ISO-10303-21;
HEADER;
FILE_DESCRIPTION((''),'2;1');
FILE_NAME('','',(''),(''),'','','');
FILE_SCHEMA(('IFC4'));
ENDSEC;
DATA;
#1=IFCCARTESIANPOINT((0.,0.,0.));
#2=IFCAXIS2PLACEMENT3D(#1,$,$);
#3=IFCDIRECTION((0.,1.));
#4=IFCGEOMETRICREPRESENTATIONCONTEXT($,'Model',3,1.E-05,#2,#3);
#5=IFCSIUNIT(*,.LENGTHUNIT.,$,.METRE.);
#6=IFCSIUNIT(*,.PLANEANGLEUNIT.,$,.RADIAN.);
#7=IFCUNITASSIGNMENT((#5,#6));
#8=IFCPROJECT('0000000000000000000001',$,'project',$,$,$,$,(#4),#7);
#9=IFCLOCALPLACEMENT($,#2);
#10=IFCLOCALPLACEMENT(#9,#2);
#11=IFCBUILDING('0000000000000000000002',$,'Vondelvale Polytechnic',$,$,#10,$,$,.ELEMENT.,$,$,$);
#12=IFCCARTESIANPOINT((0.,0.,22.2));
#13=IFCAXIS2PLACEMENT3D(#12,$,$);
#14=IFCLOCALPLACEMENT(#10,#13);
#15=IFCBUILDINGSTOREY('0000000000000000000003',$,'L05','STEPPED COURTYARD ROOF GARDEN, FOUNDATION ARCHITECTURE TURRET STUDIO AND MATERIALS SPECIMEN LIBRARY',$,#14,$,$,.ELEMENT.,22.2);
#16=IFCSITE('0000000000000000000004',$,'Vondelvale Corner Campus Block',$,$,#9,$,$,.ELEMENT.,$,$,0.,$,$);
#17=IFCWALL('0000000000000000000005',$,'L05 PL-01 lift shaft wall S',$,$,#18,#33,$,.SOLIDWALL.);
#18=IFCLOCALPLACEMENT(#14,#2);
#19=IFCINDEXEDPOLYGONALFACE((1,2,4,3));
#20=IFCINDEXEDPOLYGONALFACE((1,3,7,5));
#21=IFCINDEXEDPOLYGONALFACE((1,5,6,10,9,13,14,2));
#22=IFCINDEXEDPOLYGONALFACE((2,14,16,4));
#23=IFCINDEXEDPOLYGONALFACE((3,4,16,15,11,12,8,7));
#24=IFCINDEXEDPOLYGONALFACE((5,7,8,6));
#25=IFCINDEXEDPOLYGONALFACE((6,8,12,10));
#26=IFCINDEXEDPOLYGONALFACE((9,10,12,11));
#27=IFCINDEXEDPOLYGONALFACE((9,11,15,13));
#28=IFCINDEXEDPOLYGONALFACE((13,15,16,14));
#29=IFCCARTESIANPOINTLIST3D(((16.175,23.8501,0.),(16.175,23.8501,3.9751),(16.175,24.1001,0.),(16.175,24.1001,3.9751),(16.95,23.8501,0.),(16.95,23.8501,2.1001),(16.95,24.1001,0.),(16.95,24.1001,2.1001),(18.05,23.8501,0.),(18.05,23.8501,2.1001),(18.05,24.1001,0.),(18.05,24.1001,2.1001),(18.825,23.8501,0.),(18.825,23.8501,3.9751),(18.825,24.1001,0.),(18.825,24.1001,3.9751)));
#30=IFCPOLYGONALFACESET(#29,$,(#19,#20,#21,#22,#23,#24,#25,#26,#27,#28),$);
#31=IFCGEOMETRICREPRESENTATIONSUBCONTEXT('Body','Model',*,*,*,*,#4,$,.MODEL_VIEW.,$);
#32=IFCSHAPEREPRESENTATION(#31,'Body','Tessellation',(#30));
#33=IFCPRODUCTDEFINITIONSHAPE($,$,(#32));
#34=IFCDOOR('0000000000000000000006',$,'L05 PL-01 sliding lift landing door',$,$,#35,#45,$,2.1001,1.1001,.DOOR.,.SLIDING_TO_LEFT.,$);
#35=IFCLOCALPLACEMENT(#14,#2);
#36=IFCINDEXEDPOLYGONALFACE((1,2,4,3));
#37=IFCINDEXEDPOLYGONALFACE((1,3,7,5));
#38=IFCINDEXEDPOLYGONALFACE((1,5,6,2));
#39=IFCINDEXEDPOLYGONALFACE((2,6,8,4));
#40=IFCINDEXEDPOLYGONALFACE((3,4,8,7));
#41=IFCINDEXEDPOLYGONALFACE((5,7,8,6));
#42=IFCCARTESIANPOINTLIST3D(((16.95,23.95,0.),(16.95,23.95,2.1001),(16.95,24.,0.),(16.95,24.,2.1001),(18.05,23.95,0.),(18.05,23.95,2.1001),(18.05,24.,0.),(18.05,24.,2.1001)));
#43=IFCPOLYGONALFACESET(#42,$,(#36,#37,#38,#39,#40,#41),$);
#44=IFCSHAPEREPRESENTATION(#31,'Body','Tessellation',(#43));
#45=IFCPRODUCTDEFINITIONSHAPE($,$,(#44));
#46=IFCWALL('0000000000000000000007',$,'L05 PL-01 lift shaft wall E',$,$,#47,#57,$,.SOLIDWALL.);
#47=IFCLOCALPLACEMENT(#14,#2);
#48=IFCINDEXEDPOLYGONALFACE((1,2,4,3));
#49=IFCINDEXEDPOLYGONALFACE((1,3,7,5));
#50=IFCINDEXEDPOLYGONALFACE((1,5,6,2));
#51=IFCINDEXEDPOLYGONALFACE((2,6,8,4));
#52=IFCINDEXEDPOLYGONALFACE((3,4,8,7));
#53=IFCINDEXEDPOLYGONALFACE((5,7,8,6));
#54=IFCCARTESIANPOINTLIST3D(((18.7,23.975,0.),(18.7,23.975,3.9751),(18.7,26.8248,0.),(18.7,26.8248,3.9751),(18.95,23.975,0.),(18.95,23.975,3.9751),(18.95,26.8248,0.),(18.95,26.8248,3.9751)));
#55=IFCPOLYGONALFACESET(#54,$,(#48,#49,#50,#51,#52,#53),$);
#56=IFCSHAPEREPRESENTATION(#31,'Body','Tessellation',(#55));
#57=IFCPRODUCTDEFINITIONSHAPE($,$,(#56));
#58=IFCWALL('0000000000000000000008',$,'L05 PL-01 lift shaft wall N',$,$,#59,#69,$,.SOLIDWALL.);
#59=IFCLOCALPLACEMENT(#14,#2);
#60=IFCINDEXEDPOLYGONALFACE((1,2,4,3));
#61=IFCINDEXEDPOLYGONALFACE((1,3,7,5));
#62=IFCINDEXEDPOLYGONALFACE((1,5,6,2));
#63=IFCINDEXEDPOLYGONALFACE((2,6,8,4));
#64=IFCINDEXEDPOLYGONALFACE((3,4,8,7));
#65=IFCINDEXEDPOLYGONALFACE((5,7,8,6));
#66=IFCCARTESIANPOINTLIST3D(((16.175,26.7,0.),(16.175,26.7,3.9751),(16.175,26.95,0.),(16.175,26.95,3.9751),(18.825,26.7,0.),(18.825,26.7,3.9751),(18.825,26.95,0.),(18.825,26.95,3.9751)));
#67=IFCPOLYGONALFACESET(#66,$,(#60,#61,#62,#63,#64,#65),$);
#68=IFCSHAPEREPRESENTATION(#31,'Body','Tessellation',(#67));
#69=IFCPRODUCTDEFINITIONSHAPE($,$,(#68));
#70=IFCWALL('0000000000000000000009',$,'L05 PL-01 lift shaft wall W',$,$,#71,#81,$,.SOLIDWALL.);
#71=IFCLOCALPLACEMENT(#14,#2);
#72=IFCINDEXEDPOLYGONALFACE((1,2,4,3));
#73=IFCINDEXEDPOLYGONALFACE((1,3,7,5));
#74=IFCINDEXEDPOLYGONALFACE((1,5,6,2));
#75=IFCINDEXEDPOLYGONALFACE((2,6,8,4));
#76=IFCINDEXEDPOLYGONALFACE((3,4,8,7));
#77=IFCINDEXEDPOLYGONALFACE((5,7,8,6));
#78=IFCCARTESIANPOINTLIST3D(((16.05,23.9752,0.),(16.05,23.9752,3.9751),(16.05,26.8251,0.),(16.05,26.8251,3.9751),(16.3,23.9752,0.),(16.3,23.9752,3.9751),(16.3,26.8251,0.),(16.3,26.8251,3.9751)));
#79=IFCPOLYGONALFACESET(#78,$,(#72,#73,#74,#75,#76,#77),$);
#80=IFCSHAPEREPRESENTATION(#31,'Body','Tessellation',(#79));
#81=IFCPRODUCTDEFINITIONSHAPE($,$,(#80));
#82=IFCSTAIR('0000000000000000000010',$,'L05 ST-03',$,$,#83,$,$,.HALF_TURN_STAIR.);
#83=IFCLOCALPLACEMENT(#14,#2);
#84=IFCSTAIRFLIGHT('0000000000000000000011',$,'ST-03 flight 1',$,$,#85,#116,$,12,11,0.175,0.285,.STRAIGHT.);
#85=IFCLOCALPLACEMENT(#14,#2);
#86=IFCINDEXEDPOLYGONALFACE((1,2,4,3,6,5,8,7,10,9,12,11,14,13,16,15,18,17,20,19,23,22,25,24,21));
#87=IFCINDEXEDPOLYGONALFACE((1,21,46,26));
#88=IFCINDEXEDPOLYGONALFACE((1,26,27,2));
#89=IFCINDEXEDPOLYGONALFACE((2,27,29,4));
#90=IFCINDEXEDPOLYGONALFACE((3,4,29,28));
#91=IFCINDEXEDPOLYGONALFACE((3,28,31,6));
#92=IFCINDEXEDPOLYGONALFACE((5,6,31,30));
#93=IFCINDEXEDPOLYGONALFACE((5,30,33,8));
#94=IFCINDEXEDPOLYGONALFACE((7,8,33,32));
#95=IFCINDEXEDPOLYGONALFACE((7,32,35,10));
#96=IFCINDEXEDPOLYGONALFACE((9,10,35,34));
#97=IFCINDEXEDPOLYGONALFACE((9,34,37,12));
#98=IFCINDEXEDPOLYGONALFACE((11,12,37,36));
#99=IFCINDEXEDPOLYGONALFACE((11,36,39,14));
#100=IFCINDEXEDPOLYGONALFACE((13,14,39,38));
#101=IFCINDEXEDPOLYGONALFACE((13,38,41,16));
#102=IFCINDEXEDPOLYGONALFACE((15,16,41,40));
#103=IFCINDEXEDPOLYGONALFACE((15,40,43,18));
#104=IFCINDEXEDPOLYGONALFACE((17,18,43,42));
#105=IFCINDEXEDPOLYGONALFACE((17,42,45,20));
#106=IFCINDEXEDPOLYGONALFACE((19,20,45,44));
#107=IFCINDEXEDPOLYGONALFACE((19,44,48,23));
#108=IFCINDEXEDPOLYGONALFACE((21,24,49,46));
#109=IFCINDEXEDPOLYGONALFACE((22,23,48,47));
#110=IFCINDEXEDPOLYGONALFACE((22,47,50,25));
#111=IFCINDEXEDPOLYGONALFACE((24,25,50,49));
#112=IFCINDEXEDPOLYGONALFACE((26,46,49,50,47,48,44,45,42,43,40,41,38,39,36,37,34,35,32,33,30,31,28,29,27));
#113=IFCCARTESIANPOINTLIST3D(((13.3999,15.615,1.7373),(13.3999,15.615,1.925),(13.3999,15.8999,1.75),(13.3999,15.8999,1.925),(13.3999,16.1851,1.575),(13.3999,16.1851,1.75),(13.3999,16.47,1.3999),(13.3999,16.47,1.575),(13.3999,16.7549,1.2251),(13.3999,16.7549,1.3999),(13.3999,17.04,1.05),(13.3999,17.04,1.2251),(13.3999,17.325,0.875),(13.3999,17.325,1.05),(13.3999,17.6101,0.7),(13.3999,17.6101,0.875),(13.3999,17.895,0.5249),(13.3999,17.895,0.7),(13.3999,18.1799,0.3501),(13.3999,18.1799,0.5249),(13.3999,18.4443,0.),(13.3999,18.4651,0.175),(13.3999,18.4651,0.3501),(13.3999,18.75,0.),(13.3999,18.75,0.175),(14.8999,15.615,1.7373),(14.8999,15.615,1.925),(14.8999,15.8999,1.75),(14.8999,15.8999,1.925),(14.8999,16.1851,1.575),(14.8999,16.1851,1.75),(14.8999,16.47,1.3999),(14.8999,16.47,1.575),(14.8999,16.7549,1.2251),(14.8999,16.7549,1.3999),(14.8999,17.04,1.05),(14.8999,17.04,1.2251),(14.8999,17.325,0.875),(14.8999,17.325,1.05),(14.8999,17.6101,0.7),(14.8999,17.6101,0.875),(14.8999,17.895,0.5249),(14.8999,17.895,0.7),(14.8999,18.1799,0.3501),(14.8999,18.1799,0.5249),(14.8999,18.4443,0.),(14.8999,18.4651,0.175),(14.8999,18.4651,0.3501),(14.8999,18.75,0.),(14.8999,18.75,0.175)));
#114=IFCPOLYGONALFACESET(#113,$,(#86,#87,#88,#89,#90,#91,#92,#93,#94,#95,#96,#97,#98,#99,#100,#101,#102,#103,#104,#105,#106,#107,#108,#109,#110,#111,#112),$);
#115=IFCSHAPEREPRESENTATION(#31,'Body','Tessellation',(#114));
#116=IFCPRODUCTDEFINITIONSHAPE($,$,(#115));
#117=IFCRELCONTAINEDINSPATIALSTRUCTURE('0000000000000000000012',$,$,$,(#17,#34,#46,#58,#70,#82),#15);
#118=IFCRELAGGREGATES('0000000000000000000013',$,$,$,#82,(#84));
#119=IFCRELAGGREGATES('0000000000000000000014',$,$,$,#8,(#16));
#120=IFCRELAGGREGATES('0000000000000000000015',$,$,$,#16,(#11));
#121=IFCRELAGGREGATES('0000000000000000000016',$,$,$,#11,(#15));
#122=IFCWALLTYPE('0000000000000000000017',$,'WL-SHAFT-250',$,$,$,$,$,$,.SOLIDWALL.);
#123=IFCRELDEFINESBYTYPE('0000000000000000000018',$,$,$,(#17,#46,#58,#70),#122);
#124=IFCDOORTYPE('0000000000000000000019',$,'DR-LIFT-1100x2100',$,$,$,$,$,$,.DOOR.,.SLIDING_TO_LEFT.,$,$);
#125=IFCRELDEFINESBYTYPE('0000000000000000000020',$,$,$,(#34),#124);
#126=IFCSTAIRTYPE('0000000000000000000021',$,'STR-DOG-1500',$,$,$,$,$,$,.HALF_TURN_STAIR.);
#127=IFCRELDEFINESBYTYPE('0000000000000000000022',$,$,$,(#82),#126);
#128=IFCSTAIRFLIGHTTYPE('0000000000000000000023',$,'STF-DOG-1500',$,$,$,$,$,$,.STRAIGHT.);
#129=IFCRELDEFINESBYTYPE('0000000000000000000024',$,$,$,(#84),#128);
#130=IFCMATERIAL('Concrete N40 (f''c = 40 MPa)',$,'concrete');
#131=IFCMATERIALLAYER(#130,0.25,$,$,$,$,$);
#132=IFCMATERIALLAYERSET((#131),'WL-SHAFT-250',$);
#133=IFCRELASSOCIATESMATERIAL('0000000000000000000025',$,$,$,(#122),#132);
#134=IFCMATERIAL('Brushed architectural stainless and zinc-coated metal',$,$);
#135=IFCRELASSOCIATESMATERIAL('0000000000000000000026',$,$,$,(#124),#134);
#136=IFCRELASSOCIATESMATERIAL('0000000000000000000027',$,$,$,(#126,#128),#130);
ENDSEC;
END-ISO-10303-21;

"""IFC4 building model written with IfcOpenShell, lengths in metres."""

from ifc_helpers import new_model, si_unit, direction, frame, frame_2d, origin, place, context, subcontext, project, spatial, polyline, rectangle, outline, extrude, material, layer, layer_set, type_object, element, fill, aggregate, save


model = new_model("IFC4")

# Units and contexts
model_context = context("Model", 3, precision=1e-05, world=origin(), true_north=direction((0.0, 1.0)))
body_context = subcontext(model_context, "Body", "Model", "MODEL_VIEW")
ifc_project = project(units=[si_unit("LENGTHUNIT", "METRE"), si_unit("PLANEANGLEUNIT", "RADIAN")], contexts=[model_context])

# Site, building, storey
site_placement = place(None, origin())
site = spatial("IfcSite", under=ifc_project, at=site_placement, Name="Vondelvale Corner Campus Block", CompositionType="ELEMENT", RefElevation=0.0)
building_placement = place(site_placement, origin())
building = spatial("IfcBuilding", under=site, at=building_placement, Name="Vondelvale Polytechnic", CompositionType="ELEMENT")
storey_placement = place(building_placement, frame((0.0, 0.0, 22.2)))
storey = spatial("IfcBuildingStorey", under=building, at=storey_placement, Name="L05", Description="STEPPED COURTYARD ROOF GARDEN, FOUNDATION ARCHITECTURE TURRET STUDIO AND MATERIALS SPECIMEN LIBRARY", CompositionType="ELEMENT", Elevation=22.2)

# Shared definitions
ifc_material_1 = material(Name="Concrete N40 (f'c = 40 MPa)", Category="concrete")

# Shared definitions
ifc_material_2 = material(Name="Brushed architectural stainless and zinc-coated metal")

# Wall, opening, door
ifc_layer_1 = layer(ifc_material_1, 0.25)
ifc_layer_set_1 = layer_set([ifc_layer_1], Name="WL-SHAFT-250")
wall_type_1 = type_object("IfcWallType", Name="WL-SHAFT-250", PredefinedType="SOLIDWALL", material=ifc_layer_set_1)
wall_1_placement = place(storey_placement, frame((16.175, 23.9751, 0.0), z_axis=(0.0, 0.0, 1.0), x_axis=(1.0, 0.0, 0.0)))
wall_1 = element("IfcWall", 1, at=wall_1_placement, inside=storey, type_object=wall_type_1, Name="L05 PL-01 lift shaft wall S", PredefinedType="SOLIDWALL", context=body_context, shape_type="SweptSolid", body=[
    extrude(rectangle(XDim=2.6499, YDim=0.25, at=frame_2d((1.325, 0.0))), origin(), (0.0, 0.0, 1.0), 3.9751),
])
opening_1_placement = place(wall_1_placement, frame((0.7749, 0.0, 0.0)))
opening_1 = element("IfcOpeningElement", 2, at=opening_1_placement, cuts=wall_1, PredefinedType="OPENING", context=body_context, shape_type="SweptSolid", body=[
    extrude(rectangle(XDim=1.1001, YDim=2.1001, at=frame_2d((0.55, 1.05))), frame((0.0, 0.135, 0.0), z_axis=(0.0, -1.0, 0.0), x_axis=(1.0, 0.0, 0.0)), (0.0, 0.0, 1.0), 0.27),
])
door_type_1 = type_object("IfcDoorType", Name="DR-LIFT-1100x2100", OperationType="SLIDING_TO_LEFT", PredefinedType="DOOR", material=ifc_material_2)
door_1_placement = place(opening_1_placement, origin())
door_1 = element("IfcDoor", 3, at=door_1_placement, inside=storey, type_object=door_type_1, Name="L05 PL-01 sliding lift landing door", OperationType="SLIDING_TO_LEFT", OverallHeight=2.1001, OverallWidth=1.1001, PredefinedType="DOOR", context=body_context, shape_type="SweptSolid", body=[
    extrude(rectangle(XDim=1.1001, YDim=2.1001, at=frame_2d((0.55, 1.05))), frame((0.0, 0.0249, 0.0), z_axis=(0.0, -1.0, 0.0), x_axis=(1.0, 0.0, 0.0)), (0.0, 0.0, 1.0), 0.05),
])
fill(opening_1, door_1)

# Walls
wall_2_placement = place(storey_placement, frame((18.825, 23.9751, 0.0), z_axis=(0.0, 0.0, 1.0), x_axis=(0.0, 1.0, 0.0)))
element("IfcWall", 4, at=wall_2_placement, inside=storey, type_object=wall_type_1, Name="L05 PL-01 lift shaft wall E", PredefinedType="SOLIDWALL", context=body_context, shape_type="SweptSolid", body=[
    extrude(rectangle(XDim=2.8499, YDim=0.25, at=frame_2d((1.4248, 0.0))), origin(), (0.0, 0.0, 1.0), 3.9751),
])
wall_3_placement = place(storey_placement, frame((18.825, 26.825, 0.0), z_axis=(0.0, 0.0, 1.0), x_axis=(-1.0, 0.0, 0.0)))
element("IfcWall", 5, at=wall_3_placement, inside=storey, type_object=wall_type_1, Name="L05 PL-01 lift shaft wall N", PredefinedType="SOLIDWALL", context=body_context, shape_type="SweptSolid", body=[
    extrude(rectangle(XDim=2.6499, YDim=0.25, at=frame_2d((1.325, 0.0))), origin(), (0.0, 0.0, 1.0), 3.9751),
])
wall_4_placement = place(storey_placement, frame((16.175, 26.825, 0.0), z_axis=(0.0, 0.0, 1.0), x_axis=(0.0, -1.0, 0.0)))
element("IfcWall", 6, at=wall_4_placement, inside=storey, type_object=wall_type_1, Name="L05 PL-01 lift shaft wall W", PredefinedType="SOLIDWALL", context=body_context, shape_type="SweptSolid", body=[
    extrude(rectangle(XDim=2.8499, YDim=0.25, at=frame_2d((1.4248, 0.0))), origin(), (0.0, 0.0, 1.0), 3.9751),
])

# Stair, stair flight
stair_type = type_object("IfcStairType", Name="STR-DOG-1500", PredefinedType="HALF_TURN_STAIR", material=ifc_material_1)
stair_placement = place(storey_placement, origin())
stair = element("IfcStair", 7, at=stair_placement, inside=storey, type_object=stair_type, Name="L05 ST-03", PredefinedType="HALF_TURN_STAIR")
stair_flight_type = type_object("IfcStairFlightType", Name="STF-DOG-1500", PredefinedType="STRAIGHT", material=ifc_material_1)
stair_flight_placement = place(storey_placement, frame((14.1499, 18.75, 0.0), z_axis=(0.0, 0.0, 1.0), x_axis=(0.0, -1.0, 0.0)))
stair_flight = element("IfcStairFlight", 8, at=stair_flight_placement, type_object=stair_flight_type, Name="ST-03 flight 1", NumberOfRisers=12, NumberOfTreads=11, PredefinedType="STRAIGHT", RiserHeight=0.175, TreadLength=0.285, context=body_context, shape_type="SweptSolid", body=[
    extrude(outline(polyline([(0.0, 0.0), (0.0, 0.175), (0.2849, 0.175), (0.2849, 0.3501), (0.5701, 0.3501), (0.5701, 0.5249), (0.855, 0.5249), (0.855, 0.7), (1.1399, 0.7), (1.1399, 0.875), (1.425, 0.875), (1.425, 1.05), (1.71, 1.05), (1.71, 1.2251), (1.9951, 1.2251), (1.9951, 1.3999), (2.28, 1.3999), (2.28, 1.575), (2.5649, 1.575), (2.5649, 1.75), (2.8501, 1.75), (2.8501, 1.925), (3.135, 1.925), (3.135, 2.1001), (3.135, 1.7373), (0.3057, 0.0), (0.0, 0.0)])), frame((0.0, 0.75, 0.0), z_axis=(0.0, -1.0, 0.0), x_axis=(1.0, 0.0, 0.0)), (0.0, 0.0, 1.0), 1.5),
])
aggregate(stair, [stair_flight])

save(model, "model.ifc")
